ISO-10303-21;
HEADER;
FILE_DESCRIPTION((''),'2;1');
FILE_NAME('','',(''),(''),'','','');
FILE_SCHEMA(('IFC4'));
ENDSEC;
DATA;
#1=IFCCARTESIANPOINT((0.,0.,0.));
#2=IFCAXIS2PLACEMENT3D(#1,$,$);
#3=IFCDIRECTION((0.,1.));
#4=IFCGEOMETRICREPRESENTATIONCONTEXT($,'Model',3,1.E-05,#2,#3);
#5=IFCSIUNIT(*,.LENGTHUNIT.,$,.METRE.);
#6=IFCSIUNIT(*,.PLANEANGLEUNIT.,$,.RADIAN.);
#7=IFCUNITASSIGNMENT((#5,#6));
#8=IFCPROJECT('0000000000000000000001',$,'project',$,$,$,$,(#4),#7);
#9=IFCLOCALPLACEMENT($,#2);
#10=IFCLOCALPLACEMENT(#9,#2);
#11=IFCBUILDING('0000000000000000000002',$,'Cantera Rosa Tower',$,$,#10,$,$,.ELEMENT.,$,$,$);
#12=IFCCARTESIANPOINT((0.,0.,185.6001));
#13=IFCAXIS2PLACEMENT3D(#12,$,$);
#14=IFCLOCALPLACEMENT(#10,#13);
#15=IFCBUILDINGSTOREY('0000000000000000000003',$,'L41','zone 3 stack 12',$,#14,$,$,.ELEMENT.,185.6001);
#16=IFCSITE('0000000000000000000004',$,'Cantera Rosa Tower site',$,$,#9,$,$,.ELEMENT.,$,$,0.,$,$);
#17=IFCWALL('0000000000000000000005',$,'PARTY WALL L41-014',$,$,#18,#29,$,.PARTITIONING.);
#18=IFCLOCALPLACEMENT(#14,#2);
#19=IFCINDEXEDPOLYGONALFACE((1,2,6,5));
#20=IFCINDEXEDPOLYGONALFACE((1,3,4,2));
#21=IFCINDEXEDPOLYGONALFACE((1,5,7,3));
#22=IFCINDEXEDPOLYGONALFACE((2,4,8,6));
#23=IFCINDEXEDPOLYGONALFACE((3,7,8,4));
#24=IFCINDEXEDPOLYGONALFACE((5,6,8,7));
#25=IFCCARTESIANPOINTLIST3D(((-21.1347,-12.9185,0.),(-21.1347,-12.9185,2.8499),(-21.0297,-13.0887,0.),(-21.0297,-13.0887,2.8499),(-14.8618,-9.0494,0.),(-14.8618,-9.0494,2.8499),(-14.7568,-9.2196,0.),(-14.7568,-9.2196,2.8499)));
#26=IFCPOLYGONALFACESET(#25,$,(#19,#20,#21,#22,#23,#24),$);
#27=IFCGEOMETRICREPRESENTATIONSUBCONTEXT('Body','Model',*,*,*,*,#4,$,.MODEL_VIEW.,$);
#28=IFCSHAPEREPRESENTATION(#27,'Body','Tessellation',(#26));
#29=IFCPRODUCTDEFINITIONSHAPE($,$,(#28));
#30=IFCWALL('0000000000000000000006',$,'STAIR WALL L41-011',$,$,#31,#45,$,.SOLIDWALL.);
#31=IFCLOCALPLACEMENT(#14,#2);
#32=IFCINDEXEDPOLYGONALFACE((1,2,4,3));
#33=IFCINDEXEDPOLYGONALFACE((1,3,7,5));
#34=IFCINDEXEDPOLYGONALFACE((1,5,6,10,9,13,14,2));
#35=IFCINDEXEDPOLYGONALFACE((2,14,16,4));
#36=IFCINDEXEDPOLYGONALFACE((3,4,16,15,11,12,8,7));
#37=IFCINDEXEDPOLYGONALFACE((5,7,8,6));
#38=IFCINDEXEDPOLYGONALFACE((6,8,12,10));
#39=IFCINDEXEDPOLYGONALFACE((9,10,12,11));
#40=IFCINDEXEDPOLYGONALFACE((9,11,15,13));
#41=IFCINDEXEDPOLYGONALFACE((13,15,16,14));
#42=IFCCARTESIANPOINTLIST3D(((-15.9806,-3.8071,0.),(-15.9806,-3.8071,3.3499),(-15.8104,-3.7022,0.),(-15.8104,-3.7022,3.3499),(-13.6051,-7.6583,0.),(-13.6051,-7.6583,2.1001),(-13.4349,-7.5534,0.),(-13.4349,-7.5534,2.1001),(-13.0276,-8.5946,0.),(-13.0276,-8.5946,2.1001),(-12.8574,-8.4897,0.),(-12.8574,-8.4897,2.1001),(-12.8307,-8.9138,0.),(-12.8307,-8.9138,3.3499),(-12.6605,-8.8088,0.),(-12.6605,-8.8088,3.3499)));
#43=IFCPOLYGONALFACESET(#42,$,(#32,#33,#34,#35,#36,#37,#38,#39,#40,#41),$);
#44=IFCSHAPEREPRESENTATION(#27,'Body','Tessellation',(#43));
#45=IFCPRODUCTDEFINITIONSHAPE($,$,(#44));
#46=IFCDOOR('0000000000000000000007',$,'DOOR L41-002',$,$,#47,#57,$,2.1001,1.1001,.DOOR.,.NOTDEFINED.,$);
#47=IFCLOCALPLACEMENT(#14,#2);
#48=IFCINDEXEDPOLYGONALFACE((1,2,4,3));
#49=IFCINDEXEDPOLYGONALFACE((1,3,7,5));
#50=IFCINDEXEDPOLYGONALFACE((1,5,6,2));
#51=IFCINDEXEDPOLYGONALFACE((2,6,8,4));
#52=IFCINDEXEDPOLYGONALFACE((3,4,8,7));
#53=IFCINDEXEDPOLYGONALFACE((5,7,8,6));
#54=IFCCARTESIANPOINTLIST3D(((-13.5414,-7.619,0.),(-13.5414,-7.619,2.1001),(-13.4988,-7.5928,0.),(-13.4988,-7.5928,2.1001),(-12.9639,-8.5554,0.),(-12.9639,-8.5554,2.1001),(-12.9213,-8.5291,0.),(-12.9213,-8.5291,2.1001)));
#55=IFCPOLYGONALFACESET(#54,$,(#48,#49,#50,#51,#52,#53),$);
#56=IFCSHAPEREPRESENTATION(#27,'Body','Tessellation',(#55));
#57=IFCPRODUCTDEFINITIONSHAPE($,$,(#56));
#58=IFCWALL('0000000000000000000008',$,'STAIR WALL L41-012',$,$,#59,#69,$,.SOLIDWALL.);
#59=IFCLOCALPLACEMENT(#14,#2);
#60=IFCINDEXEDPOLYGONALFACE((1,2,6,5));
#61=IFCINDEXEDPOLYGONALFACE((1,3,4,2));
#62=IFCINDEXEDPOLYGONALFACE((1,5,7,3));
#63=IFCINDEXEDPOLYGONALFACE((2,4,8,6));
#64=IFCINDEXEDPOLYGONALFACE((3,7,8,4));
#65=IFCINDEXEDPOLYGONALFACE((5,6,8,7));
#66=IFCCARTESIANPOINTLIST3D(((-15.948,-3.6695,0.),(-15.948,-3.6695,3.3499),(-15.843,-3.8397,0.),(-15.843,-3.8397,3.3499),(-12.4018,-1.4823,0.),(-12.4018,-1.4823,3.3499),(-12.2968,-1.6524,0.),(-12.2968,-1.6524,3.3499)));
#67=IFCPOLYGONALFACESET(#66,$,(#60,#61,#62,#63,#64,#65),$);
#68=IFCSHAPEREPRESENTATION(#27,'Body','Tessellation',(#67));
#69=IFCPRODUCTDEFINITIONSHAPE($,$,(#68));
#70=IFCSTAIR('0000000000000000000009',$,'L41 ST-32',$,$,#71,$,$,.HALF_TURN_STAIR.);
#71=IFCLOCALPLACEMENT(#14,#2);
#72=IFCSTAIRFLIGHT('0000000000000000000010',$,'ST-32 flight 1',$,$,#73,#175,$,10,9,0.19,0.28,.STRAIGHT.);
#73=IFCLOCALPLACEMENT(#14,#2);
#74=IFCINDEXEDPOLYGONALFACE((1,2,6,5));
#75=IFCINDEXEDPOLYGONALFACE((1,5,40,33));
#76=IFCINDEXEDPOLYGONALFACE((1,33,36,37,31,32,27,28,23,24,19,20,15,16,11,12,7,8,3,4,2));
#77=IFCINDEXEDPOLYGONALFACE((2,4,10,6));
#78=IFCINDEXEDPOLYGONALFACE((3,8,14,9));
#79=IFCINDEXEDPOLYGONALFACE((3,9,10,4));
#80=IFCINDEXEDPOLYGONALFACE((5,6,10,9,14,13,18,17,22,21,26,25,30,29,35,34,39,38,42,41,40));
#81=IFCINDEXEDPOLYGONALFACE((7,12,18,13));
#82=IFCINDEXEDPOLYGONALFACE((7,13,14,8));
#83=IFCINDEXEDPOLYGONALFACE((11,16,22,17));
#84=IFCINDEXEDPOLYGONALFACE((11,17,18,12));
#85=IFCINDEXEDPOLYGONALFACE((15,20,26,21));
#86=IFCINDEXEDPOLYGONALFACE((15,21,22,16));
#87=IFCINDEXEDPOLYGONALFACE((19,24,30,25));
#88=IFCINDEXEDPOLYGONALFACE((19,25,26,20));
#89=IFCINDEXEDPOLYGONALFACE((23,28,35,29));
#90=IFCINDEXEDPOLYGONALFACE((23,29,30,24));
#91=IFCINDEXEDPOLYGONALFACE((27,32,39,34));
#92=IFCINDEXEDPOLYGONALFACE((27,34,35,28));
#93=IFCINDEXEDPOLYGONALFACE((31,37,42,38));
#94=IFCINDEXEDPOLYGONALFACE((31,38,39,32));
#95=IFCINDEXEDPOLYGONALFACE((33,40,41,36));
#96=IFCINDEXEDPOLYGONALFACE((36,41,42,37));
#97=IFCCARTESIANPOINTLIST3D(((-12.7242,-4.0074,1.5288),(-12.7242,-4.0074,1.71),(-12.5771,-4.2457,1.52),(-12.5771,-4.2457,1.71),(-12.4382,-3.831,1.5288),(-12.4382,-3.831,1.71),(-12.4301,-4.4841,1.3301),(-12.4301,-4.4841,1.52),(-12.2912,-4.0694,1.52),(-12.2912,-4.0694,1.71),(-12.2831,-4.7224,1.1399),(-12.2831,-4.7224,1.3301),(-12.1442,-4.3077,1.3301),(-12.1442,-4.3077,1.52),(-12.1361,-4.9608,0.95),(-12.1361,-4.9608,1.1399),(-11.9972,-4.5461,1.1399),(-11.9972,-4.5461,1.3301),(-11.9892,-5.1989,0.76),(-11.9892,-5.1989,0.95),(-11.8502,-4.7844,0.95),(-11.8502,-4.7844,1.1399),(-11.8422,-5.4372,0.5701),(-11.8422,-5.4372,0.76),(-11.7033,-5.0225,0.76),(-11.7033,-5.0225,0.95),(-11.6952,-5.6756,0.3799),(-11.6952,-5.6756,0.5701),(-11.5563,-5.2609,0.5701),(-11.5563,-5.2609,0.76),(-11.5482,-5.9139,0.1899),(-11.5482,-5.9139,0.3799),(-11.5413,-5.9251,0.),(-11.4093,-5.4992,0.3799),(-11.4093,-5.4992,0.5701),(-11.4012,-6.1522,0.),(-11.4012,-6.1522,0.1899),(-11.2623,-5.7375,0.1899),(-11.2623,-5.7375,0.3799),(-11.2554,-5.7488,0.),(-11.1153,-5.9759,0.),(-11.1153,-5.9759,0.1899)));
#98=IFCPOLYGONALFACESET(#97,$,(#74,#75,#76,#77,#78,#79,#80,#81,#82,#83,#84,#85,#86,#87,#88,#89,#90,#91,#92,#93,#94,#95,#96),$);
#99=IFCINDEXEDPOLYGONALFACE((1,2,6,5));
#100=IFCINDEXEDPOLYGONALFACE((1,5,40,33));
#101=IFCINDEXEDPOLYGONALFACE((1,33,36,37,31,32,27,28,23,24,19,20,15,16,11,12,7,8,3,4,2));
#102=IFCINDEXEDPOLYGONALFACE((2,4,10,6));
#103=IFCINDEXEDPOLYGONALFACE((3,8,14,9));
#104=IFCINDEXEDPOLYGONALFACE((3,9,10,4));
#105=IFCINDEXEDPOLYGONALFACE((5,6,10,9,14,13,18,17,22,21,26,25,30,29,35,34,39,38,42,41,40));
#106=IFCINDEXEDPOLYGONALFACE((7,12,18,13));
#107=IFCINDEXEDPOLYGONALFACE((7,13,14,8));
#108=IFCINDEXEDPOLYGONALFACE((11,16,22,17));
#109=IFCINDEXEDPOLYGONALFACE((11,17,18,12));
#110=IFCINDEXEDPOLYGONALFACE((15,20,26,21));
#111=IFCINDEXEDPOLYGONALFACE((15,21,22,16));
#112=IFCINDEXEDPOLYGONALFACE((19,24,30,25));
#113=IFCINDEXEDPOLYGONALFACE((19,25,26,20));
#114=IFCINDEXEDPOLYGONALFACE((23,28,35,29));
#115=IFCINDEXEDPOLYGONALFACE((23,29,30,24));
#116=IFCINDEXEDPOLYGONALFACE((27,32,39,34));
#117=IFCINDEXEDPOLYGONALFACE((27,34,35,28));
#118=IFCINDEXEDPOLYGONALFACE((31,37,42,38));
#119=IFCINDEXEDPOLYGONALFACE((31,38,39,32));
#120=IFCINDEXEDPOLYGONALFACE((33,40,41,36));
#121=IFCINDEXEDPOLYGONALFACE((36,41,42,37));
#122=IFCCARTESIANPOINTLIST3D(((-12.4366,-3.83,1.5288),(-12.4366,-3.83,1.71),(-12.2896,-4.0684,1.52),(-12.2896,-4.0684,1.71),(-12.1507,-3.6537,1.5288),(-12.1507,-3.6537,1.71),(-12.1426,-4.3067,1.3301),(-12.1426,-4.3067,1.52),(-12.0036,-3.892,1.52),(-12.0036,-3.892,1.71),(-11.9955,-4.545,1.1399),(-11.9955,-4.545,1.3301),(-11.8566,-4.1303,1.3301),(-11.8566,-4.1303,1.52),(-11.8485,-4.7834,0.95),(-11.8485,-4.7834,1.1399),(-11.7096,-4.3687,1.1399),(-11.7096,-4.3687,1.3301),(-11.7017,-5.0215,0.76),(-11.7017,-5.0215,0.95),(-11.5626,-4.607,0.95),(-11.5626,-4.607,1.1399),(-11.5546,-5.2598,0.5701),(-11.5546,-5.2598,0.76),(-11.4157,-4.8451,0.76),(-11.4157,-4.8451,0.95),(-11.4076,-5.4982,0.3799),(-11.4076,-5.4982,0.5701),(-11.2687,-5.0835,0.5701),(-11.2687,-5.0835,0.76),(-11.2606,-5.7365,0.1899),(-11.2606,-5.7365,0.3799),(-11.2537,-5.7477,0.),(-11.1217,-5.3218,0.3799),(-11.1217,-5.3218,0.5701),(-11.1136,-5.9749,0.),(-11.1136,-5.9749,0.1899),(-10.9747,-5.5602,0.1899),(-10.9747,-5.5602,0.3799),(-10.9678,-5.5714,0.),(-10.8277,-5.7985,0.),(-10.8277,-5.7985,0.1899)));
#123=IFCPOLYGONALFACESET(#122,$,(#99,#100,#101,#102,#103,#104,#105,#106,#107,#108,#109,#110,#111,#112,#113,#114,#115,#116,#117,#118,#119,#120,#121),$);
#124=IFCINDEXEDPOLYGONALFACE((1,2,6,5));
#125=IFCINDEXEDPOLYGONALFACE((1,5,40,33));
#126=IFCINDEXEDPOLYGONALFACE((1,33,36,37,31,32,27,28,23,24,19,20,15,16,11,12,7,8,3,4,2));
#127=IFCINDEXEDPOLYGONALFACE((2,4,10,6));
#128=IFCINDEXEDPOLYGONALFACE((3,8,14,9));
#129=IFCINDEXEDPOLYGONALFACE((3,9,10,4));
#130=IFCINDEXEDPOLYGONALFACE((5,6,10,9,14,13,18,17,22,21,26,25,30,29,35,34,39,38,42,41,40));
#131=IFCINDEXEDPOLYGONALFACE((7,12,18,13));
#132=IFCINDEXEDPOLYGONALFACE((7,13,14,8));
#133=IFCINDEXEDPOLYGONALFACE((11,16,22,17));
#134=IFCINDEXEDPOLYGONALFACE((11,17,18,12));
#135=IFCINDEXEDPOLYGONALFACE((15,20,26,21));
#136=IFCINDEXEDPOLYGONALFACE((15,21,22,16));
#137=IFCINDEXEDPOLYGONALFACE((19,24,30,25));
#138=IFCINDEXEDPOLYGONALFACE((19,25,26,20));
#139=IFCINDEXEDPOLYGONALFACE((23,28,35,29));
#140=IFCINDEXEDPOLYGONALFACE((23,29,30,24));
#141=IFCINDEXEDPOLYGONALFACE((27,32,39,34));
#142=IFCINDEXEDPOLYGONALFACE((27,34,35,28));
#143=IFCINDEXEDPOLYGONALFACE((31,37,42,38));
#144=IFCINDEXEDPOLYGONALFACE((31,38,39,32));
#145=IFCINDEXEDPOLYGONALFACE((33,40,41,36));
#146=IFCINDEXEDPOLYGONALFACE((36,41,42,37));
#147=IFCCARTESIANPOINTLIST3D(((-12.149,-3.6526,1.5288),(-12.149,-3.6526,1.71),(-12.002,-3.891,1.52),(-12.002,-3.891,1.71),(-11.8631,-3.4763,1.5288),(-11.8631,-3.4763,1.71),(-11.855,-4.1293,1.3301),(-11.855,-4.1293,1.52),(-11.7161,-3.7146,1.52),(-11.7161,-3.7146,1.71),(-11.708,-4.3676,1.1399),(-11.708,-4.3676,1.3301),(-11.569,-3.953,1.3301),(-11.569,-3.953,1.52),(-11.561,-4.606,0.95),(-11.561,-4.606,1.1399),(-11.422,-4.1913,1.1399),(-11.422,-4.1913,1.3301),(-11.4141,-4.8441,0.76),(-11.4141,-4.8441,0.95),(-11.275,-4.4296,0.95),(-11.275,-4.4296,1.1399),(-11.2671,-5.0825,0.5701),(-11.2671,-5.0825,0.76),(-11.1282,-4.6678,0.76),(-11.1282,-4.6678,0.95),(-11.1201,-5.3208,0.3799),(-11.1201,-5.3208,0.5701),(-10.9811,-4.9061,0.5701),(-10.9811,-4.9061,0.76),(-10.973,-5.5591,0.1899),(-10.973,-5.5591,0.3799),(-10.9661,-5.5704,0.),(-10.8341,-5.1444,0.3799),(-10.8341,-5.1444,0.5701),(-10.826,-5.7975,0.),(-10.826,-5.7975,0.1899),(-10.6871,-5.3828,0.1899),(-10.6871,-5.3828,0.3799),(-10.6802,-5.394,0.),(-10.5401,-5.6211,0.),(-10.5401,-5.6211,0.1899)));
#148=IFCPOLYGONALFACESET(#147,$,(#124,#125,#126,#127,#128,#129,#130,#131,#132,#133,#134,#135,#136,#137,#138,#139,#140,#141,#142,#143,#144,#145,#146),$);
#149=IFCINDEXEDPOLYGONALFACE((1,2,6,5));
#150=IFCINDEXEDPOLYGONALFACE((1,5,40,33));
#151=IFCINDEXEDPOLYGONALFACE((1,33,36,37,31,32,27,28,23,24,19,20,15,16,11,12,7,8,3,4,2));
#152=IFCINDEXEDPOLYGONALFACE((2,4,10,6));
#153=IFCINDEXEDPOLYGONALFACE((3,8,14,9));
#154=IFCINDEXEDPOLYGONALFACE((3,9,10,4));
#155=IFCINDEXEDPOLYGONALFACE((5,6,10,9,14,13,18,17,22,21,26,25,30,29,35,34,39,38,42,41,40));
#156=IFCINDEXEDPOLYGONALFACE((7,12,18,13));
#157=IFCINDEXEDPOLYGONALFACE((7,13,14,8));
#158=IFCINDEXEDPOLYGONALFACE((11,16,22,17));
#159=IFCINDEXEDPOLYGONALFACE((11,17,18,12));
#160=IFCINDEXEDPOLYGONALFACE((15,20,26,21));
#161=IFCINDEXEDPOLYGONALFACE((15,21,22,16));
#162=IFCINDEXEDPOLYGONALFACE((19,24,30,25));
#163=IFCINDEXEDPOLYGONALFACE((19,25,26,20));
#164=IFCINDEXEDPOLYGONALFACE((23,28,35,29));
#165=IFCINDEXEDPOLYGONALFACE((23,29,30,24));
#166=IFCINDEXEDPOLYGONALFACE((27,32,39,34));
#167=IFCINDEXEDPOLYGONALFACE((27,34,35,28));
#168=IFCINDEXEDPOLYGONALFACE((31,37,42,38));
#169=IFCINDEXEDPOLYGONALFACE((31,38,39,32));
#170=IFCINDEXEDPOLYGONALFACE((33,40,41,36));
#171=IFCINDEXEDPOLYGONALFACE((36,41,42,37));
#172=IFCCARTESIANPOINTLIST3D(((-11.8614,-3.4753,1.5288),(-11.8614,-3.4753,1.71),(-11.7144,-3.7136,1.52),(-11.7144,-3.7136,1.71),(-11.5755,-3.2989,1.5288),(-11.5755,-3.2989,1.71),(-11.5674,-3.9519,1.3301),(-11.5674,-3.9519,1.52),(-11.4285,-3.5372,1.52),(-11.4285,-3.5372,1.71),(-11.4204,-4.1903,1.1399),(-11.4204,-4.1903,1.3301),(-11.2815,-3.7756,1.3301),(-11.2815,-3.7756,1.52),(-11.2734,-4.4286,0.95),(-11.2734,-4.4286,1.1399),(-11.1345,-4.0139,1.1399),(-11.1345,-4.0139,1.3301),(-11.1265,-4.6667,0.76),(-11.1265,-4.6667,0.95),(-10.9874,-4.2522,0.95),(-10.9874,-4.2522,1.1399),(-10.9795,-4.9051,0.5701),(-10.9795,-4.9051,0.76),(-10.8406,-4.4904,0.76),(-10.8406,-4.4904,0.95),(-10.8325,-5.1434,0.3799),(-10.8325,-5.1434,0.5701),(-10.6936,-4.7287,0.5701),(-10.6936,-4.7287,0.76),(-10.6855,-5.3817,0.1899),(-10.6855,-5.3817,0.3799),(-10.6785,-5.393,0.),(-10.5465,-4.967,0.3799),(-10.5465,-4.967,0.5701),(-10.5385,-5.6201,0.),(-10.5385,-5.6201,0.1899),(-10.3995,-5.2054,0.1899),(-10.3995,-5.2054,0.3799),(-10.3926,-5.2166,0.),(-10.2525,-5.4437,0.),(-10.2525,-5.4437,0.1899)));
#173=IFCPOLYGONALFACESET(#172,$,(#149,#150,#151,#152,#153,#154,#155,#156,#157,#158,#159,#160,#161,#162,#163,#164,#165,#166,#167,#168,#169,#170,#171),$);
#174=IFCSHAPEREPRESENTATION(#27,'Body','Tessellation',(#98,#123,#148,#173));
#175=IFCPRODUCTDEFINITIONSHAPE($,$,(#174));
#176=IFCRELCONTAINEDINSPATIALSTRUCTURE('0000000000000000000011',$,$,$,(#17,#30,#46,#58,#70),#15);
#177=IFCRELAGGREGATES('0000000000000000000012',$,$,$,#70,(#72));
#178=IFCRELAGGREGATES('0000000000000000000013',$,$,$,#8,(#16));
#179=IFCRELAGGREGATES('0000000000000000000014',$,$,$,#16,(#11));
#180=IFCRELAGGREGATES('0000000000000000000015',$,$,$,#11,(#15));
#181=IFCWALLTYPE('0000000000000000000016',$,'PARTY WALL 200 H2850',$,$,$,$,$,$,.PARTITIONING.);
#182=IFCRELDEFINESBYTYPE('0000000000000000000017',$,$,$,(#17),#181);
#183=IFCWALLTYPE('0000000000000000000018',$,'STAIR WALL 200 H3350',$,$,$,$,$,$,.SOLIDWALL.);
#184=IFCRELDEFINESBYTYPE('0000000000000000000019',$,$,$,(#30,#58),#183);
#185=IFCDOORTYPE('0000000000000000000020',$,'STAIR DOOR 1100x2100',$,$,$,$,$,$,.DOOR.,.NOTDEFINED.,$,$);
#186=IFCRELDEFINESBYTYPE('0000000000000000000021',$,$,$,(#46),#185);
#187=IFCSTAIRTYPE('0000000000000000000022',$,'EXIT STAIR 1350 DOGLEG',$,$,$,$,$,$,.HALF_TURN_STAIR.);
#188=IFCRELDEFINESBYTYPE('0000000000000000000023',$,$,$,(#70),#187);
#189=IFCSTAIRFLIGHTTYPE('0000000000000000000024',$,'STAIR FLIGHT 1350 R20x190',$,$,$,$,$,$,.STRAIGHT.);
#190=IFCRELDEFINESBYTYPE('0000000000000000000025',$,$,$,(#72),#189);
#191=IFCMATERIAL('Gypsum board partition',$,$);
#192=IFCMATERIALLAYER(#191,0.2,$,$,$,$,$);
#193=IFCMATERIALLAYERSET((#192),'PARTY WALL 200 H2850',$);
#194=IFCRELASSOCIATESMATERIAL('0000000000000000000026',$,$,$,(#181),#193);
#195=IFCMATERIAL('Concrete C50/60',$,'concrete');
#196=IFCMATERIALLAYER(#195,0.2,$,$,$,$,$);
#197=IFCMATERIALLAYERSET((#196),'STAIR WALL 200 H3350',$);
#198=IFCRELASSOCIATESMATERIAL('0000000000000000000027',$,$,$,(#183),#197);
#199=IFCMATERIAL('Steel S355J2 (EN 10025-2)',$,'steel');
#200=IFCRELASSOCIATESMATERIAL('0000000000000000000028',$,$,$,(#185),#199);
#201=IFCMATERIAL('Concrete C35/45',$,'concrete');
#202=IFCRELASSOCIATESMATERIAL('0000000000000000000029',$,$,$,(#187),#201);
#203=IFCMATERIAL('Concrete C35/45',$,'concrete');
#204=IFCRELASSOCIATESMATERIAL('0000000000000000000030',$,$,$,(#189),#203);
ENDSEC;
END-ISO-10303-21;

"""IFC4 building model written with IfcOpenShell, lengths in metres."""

from ifc_helpers import new_model, si_unit, direction, frame, frame_2d, origin, place, context, subcontext, project, spatial, polyline, rectangle, outline, extrude, material, layer, layer_set, type_object, element, fill, aggregate, save


model = new_model("IFC4")

# Units and contexts
model_context = context("Model", 3, precision=1e-05, world=origin(), true_north=direction((0.0, 1.0)))
body_context = subcontext(model_context, "Body", "Model", "MODEL_VIEW")
ifc_project = project(units=[si_unit("LENGTHUNIT", "METRE"), si_unit("PLANEANGLEUNIT", "RADIAN")], contexts=[model_context])

# Site, building, storey
site_placement = place(None, origin())
site = spatial("IfcSite", under=ifc_project, at=site_placement, Name="Cantera Rosa Tower site", CompositionType="ELEMENT", RefElevation=0.0)
building_placement = place(site_placement, origin())
building = spatial("IfcBuilding", under=site, at=building_placement, Name="Cantera Rosa Tower", CompositionType="ELEMENT")
storey_placement = place(building_placement, frame((0.0, 0.0, 185.6001)))
storey = spatial("IfcBuildingStorey", under=building, at=storey_placement, Name="L41", Description="zone 3 stack 12", CompositionType="ELEMENT", Elevation=185.6001)

# Wall
ifc_material_1 = material(Name="Gypsum board partition")
ifc_layer_1 = layer(ifc_material_1, 0.2)
ifc_layer_set_1 = layer_set([ifc_layer_1], Name="PARTY WALL 200 H2850")
wall_type_1 = type_object("IfcWallType", Name="PARTY WALL 200 H2850", PredefinedType="PARTITIONING", material=ifc_layer_set_1)
wall_1_placement = place(storey_placement, frame((-14.8093, -9.1345, 0.0), z_axis=(0.0, 0.0, 1.0), x_axis=(-0.851121, -0.524969, 0.0)))
element("IfcWall", 1, at=wall_1_placement, inside=storey, type_object=wall_type_1, Name="PARTY WALL L41-014", PredefinedType="PARTITIONING", context=body_context, shape_type="SweptSolid", body=[
    extrude(rectangle(XDim=7.3701, YDim=0.2, at=frame_2d((3.6851, 0.0))), origin(), (0.0, 0.0, 1.0), 2.8499),
])

# Wall, opening, door
ifc_material_2 = material(Name="Concrete C50/60", Category="concrete")
ifc_layer_2 = layer(ifc_material_2, 0.2)
ifc_layer_set_2 = layer_set([ifc_layer_2], Name="STAIR WALL 200 H3350")
wall_type_2 = type_object("IfcWallType", Name="STAIR WALL 200 H3350", PredefinedType="SOLIDWALL", material=ifc_layer_set_2)
wall_2_placement = place(storey_placement, frame((-15.8955, -3.7546, 0.0), z_axis=(0.0, 0.0, 1.0), x_axis=(0.524983, -0.851113, 0.0)))
wall_2 = element("IfcWall", 2, at=wall_2_placement, inside=storey, type_object=wall_type_2, Name="STAIR WALL L41-011", PredefinedType="SOLIDWALL", context=body_context, shape_type="SweptSolid", body=[
    extrude(rectangle(XDim=6.0, YDim=0.2, at=frame_2d((3.0, 0.0))), origin(), (0.0, 0.0, 1.0), 3.3499),
])
opening_1_placement = place(wall_2_placement, frame((4.5249, 0.0, 0.0)))
opening_1 = element("IfcOpeningElement", 3, at=opening_1_placement, cuts=wall_2, PredefinedType="OPENING", context=body_context, shape_type="SweptSolid", body=[
    extrude(rectangle(XDim=1.1001, YDim=2.1001, at=frame_2d((0.55, 1.05))), frame((0.0, 0.1099, 0.0), z_axis=(0.0, -1.0, 0.0), x_axis=(1.0, 0.0, 0.0)), (0.0, 0.0, 1.0), 0.22),
])
ifc_material_3 = material(Name="Steel S355J2 (EN 10025-2)", Category="steel")
door_type_1 = type_object("IfcDoorType", Name="STAIR DOOR 1100x2100", OperationType="NOTDEFINED", PredefinedType="DOOR", material=ifc_material_3)
door_1_placement = place(opening_1_placement, origin())
door_1 = element("IfcDoor", 4, at=door_1_placement, inside=storey, type_object=door_type_1, Name="DOOR L41-002", OperationType="NOTDEFINED", OverallHeight=2.1001, OverallWidth=1.1001, PredefinedType="DOOR", context=body_context, shape_type="SweptSolid", body=[
    extrude(rectangle(XDim=1.1001, YDim=2.1001, at=frame_2d((0.55, 1.05))), frame((0.0, 0.0249, 0.0), z_axis=(0.0, -1.0, 0.0), x_axis=(1.0, 0.0, 0.0)), (0.0, 0.0, 1.0), 0.05),
])
fill(opening_1, door_1)

# Wall
wall_3_placement = place(storey_placement, frame((-15.8955, -3.7546, 0.0), z_axis=(0.0, 0.0, 1.0), x_axis=(0.851121, 0.52497, 0.0)))
element("IfcWall", 5, at=wall_3_placement, inside=storey, type_object=wall_type_2, Name="STAIR WALL L41-012", PredefinedType="SOLIDWALL", context=body_context, shape_type="SweptSolid", body=[
    extrude(rectangle(XDim=4.1665, YDim=0.2, at=frame_2d((2.0833, 0.0))), origin(), (0.0, 0.0, 1.0), 3.3499),
])

# Stair, stair flight
ifc_material_4 = material(Name="Concrete C35/45", Category="concrete")
stair_type = type_object("IfcStairType", Name="EXIT STAIR 1350 DOGLEG", PredefinedType="HALF_TURN_STAIR", material=ifc_material_4)
stair_placement = place(storey_placement, origin())
stair = element("IfcStair", 6, at=stair_placement, inside=storey, type_object=stair_type, Name="L41 ST-32", PredefinedType="HALF_TURN_STAIR")
ifc_material_5 = material(Name="Concrete C35/45", Category="concrete")
stair_flight_type = type_object("IfcStairFlightType", Name="STAIR FLIGHT 1350 R20x190", PredefinedType="STRAIGHT", material=ifc_material_5)
stair_flight_1_placement = place(storey_placement, frame((-10.8267, -5.7979, 0.0), z_axis=(0.0, 0.0, 1.0), x_axis=(-0.524977, 0.851117, 0.0)))
stair_flight_1 = element("IfcStairFlight", 7, at=stair_flight_1_placement, type_object=stair_flight_type, Name="ST-32 flight 1", NumberOfRisers=10, NumberOfTreads=9, PredefinedType="STRAIGHT", RiserHeight=0.19, TreadLength=0.28, context=body_context, shape_type="SweptSolid", body=[
    extrude(outline(polyline([(0.0, 0.0), (0.0, 0.1899), (0.28, 0.1899), (0.28, 0.3799), (0.5601, 0.3799), (0.5601, 0.5701), (0.8401, 0.5701), (0.8401, 0.76), (1.1201, 0.76), (1.1201, 0.95), (1.3999, 0.95), (1.3999, 1.1399), (1.6799, 1.1399), (1.6799, 1.3301), (1.96, 1.3301), (1.96, 1.52), (2.24, 1.52), (2.24, 1.71), (2.52, 1.71), (2.52, 1.8999), (2.52, 1.5288), (0.2668, 0.0), (0.0, 0.0)])), frame((0.0, 0.675, 0.0), z_axis=(0.0, -1.0, 0.0), x_axis=(1.0, 0.0, 0.0)), (0.0, 0.0, 1.0), 0.3359),
    extrude(outline(polyline([(0.0, 0.0), (0.0, 0.1899), (0.28, 0.1899), (0.28, 0.3799), (0.5601, 0.3799), (0.5601, 0.5701), (0.8401, 0.5701), (0.8401, 0.76), (1.1201, 0.76), (1.1201, 0.95), (1.3999, 0.95), (1.3999, 1.1399), (1.6799, 1.1399), (1.6799, 1.3301), (1.96, 1.3301), (1.96, 1.52), (2.24, 1.52), (2.24, 1.71), (2.52, 1.71), (2.52, 1.8999), (2.52, 1.5288), (0.2668, 0.0), (0.0, 0.0)])), frame((0.0, 0.3372, 0.0), z_axis=(0.0, -1.0, 0.0), x_axis=(1.0, 0.0, 0.0)), (0.0, 0.0, 1.0), 0.3359),
    extrude(outline(polyline([(0.0, 0.0), (0.0, 0.1899), (0.28, 0.1899), (0.28, 0.3799), (0.5601, 0.3799), (0.5601, 0.5701), (0.8401, 0.5701), (0.8401, 0.76), (1.1201, 0.76), (1.1201, 0.95), (1.3999, 0.95), (1.3999, 1.1399), (1.6799, 1.1399), (1.6799, 1.3301), (1.96, 1.3301), (1.96, 1.52), (2.24, 1.52), (2.24, 1.71), (2.52, 1.71), (2.52, 1.8999), (2.52, 1.5288), (0.2668, 0.0), (0.0, 0.0)])), frame((0.0, -0.0007, 0.0), z_axis=(0.0, -1.0, 0.0), x_axis=(1.0, 0.0, 0.0)), (0.0, 0.0, 1.0), 0.3359),
    extrude(outline(polyline([(0.0, 0.0), (0.0, 0.1899), (0.28, 0.1899), (0.28, 0.3799), (0.5601, 0.3799), (0.5601, 0.5701), (0.8401, 0.5701), (0.8401, 0.76), (1.1201, 0.76), (1.1201, 0.95), (1.3999, 0.95), (1.3999, 1.1399), (1.6799, 1.1399), (1.6799, 1.3301), (1.96, 1.3301), (1.96, 1.52), (2.24, 1.52), (2.24, 1.71), (2.52, 1.71), (2.52, 1.8999), (2.52, 1.5288), (0.2668, 0.0), (0.0, 0.0)])), frame((0.0, -0.3386, 0.0), z_axis=(0.0, -1.0, 0.0), x_axis=(1.0, 0.0, 0.0)), (0.0, 0.0, 1.0), 0.3359),
])
aggregate(stair, [stair_flight_1])

save(model, "model.ifc")
